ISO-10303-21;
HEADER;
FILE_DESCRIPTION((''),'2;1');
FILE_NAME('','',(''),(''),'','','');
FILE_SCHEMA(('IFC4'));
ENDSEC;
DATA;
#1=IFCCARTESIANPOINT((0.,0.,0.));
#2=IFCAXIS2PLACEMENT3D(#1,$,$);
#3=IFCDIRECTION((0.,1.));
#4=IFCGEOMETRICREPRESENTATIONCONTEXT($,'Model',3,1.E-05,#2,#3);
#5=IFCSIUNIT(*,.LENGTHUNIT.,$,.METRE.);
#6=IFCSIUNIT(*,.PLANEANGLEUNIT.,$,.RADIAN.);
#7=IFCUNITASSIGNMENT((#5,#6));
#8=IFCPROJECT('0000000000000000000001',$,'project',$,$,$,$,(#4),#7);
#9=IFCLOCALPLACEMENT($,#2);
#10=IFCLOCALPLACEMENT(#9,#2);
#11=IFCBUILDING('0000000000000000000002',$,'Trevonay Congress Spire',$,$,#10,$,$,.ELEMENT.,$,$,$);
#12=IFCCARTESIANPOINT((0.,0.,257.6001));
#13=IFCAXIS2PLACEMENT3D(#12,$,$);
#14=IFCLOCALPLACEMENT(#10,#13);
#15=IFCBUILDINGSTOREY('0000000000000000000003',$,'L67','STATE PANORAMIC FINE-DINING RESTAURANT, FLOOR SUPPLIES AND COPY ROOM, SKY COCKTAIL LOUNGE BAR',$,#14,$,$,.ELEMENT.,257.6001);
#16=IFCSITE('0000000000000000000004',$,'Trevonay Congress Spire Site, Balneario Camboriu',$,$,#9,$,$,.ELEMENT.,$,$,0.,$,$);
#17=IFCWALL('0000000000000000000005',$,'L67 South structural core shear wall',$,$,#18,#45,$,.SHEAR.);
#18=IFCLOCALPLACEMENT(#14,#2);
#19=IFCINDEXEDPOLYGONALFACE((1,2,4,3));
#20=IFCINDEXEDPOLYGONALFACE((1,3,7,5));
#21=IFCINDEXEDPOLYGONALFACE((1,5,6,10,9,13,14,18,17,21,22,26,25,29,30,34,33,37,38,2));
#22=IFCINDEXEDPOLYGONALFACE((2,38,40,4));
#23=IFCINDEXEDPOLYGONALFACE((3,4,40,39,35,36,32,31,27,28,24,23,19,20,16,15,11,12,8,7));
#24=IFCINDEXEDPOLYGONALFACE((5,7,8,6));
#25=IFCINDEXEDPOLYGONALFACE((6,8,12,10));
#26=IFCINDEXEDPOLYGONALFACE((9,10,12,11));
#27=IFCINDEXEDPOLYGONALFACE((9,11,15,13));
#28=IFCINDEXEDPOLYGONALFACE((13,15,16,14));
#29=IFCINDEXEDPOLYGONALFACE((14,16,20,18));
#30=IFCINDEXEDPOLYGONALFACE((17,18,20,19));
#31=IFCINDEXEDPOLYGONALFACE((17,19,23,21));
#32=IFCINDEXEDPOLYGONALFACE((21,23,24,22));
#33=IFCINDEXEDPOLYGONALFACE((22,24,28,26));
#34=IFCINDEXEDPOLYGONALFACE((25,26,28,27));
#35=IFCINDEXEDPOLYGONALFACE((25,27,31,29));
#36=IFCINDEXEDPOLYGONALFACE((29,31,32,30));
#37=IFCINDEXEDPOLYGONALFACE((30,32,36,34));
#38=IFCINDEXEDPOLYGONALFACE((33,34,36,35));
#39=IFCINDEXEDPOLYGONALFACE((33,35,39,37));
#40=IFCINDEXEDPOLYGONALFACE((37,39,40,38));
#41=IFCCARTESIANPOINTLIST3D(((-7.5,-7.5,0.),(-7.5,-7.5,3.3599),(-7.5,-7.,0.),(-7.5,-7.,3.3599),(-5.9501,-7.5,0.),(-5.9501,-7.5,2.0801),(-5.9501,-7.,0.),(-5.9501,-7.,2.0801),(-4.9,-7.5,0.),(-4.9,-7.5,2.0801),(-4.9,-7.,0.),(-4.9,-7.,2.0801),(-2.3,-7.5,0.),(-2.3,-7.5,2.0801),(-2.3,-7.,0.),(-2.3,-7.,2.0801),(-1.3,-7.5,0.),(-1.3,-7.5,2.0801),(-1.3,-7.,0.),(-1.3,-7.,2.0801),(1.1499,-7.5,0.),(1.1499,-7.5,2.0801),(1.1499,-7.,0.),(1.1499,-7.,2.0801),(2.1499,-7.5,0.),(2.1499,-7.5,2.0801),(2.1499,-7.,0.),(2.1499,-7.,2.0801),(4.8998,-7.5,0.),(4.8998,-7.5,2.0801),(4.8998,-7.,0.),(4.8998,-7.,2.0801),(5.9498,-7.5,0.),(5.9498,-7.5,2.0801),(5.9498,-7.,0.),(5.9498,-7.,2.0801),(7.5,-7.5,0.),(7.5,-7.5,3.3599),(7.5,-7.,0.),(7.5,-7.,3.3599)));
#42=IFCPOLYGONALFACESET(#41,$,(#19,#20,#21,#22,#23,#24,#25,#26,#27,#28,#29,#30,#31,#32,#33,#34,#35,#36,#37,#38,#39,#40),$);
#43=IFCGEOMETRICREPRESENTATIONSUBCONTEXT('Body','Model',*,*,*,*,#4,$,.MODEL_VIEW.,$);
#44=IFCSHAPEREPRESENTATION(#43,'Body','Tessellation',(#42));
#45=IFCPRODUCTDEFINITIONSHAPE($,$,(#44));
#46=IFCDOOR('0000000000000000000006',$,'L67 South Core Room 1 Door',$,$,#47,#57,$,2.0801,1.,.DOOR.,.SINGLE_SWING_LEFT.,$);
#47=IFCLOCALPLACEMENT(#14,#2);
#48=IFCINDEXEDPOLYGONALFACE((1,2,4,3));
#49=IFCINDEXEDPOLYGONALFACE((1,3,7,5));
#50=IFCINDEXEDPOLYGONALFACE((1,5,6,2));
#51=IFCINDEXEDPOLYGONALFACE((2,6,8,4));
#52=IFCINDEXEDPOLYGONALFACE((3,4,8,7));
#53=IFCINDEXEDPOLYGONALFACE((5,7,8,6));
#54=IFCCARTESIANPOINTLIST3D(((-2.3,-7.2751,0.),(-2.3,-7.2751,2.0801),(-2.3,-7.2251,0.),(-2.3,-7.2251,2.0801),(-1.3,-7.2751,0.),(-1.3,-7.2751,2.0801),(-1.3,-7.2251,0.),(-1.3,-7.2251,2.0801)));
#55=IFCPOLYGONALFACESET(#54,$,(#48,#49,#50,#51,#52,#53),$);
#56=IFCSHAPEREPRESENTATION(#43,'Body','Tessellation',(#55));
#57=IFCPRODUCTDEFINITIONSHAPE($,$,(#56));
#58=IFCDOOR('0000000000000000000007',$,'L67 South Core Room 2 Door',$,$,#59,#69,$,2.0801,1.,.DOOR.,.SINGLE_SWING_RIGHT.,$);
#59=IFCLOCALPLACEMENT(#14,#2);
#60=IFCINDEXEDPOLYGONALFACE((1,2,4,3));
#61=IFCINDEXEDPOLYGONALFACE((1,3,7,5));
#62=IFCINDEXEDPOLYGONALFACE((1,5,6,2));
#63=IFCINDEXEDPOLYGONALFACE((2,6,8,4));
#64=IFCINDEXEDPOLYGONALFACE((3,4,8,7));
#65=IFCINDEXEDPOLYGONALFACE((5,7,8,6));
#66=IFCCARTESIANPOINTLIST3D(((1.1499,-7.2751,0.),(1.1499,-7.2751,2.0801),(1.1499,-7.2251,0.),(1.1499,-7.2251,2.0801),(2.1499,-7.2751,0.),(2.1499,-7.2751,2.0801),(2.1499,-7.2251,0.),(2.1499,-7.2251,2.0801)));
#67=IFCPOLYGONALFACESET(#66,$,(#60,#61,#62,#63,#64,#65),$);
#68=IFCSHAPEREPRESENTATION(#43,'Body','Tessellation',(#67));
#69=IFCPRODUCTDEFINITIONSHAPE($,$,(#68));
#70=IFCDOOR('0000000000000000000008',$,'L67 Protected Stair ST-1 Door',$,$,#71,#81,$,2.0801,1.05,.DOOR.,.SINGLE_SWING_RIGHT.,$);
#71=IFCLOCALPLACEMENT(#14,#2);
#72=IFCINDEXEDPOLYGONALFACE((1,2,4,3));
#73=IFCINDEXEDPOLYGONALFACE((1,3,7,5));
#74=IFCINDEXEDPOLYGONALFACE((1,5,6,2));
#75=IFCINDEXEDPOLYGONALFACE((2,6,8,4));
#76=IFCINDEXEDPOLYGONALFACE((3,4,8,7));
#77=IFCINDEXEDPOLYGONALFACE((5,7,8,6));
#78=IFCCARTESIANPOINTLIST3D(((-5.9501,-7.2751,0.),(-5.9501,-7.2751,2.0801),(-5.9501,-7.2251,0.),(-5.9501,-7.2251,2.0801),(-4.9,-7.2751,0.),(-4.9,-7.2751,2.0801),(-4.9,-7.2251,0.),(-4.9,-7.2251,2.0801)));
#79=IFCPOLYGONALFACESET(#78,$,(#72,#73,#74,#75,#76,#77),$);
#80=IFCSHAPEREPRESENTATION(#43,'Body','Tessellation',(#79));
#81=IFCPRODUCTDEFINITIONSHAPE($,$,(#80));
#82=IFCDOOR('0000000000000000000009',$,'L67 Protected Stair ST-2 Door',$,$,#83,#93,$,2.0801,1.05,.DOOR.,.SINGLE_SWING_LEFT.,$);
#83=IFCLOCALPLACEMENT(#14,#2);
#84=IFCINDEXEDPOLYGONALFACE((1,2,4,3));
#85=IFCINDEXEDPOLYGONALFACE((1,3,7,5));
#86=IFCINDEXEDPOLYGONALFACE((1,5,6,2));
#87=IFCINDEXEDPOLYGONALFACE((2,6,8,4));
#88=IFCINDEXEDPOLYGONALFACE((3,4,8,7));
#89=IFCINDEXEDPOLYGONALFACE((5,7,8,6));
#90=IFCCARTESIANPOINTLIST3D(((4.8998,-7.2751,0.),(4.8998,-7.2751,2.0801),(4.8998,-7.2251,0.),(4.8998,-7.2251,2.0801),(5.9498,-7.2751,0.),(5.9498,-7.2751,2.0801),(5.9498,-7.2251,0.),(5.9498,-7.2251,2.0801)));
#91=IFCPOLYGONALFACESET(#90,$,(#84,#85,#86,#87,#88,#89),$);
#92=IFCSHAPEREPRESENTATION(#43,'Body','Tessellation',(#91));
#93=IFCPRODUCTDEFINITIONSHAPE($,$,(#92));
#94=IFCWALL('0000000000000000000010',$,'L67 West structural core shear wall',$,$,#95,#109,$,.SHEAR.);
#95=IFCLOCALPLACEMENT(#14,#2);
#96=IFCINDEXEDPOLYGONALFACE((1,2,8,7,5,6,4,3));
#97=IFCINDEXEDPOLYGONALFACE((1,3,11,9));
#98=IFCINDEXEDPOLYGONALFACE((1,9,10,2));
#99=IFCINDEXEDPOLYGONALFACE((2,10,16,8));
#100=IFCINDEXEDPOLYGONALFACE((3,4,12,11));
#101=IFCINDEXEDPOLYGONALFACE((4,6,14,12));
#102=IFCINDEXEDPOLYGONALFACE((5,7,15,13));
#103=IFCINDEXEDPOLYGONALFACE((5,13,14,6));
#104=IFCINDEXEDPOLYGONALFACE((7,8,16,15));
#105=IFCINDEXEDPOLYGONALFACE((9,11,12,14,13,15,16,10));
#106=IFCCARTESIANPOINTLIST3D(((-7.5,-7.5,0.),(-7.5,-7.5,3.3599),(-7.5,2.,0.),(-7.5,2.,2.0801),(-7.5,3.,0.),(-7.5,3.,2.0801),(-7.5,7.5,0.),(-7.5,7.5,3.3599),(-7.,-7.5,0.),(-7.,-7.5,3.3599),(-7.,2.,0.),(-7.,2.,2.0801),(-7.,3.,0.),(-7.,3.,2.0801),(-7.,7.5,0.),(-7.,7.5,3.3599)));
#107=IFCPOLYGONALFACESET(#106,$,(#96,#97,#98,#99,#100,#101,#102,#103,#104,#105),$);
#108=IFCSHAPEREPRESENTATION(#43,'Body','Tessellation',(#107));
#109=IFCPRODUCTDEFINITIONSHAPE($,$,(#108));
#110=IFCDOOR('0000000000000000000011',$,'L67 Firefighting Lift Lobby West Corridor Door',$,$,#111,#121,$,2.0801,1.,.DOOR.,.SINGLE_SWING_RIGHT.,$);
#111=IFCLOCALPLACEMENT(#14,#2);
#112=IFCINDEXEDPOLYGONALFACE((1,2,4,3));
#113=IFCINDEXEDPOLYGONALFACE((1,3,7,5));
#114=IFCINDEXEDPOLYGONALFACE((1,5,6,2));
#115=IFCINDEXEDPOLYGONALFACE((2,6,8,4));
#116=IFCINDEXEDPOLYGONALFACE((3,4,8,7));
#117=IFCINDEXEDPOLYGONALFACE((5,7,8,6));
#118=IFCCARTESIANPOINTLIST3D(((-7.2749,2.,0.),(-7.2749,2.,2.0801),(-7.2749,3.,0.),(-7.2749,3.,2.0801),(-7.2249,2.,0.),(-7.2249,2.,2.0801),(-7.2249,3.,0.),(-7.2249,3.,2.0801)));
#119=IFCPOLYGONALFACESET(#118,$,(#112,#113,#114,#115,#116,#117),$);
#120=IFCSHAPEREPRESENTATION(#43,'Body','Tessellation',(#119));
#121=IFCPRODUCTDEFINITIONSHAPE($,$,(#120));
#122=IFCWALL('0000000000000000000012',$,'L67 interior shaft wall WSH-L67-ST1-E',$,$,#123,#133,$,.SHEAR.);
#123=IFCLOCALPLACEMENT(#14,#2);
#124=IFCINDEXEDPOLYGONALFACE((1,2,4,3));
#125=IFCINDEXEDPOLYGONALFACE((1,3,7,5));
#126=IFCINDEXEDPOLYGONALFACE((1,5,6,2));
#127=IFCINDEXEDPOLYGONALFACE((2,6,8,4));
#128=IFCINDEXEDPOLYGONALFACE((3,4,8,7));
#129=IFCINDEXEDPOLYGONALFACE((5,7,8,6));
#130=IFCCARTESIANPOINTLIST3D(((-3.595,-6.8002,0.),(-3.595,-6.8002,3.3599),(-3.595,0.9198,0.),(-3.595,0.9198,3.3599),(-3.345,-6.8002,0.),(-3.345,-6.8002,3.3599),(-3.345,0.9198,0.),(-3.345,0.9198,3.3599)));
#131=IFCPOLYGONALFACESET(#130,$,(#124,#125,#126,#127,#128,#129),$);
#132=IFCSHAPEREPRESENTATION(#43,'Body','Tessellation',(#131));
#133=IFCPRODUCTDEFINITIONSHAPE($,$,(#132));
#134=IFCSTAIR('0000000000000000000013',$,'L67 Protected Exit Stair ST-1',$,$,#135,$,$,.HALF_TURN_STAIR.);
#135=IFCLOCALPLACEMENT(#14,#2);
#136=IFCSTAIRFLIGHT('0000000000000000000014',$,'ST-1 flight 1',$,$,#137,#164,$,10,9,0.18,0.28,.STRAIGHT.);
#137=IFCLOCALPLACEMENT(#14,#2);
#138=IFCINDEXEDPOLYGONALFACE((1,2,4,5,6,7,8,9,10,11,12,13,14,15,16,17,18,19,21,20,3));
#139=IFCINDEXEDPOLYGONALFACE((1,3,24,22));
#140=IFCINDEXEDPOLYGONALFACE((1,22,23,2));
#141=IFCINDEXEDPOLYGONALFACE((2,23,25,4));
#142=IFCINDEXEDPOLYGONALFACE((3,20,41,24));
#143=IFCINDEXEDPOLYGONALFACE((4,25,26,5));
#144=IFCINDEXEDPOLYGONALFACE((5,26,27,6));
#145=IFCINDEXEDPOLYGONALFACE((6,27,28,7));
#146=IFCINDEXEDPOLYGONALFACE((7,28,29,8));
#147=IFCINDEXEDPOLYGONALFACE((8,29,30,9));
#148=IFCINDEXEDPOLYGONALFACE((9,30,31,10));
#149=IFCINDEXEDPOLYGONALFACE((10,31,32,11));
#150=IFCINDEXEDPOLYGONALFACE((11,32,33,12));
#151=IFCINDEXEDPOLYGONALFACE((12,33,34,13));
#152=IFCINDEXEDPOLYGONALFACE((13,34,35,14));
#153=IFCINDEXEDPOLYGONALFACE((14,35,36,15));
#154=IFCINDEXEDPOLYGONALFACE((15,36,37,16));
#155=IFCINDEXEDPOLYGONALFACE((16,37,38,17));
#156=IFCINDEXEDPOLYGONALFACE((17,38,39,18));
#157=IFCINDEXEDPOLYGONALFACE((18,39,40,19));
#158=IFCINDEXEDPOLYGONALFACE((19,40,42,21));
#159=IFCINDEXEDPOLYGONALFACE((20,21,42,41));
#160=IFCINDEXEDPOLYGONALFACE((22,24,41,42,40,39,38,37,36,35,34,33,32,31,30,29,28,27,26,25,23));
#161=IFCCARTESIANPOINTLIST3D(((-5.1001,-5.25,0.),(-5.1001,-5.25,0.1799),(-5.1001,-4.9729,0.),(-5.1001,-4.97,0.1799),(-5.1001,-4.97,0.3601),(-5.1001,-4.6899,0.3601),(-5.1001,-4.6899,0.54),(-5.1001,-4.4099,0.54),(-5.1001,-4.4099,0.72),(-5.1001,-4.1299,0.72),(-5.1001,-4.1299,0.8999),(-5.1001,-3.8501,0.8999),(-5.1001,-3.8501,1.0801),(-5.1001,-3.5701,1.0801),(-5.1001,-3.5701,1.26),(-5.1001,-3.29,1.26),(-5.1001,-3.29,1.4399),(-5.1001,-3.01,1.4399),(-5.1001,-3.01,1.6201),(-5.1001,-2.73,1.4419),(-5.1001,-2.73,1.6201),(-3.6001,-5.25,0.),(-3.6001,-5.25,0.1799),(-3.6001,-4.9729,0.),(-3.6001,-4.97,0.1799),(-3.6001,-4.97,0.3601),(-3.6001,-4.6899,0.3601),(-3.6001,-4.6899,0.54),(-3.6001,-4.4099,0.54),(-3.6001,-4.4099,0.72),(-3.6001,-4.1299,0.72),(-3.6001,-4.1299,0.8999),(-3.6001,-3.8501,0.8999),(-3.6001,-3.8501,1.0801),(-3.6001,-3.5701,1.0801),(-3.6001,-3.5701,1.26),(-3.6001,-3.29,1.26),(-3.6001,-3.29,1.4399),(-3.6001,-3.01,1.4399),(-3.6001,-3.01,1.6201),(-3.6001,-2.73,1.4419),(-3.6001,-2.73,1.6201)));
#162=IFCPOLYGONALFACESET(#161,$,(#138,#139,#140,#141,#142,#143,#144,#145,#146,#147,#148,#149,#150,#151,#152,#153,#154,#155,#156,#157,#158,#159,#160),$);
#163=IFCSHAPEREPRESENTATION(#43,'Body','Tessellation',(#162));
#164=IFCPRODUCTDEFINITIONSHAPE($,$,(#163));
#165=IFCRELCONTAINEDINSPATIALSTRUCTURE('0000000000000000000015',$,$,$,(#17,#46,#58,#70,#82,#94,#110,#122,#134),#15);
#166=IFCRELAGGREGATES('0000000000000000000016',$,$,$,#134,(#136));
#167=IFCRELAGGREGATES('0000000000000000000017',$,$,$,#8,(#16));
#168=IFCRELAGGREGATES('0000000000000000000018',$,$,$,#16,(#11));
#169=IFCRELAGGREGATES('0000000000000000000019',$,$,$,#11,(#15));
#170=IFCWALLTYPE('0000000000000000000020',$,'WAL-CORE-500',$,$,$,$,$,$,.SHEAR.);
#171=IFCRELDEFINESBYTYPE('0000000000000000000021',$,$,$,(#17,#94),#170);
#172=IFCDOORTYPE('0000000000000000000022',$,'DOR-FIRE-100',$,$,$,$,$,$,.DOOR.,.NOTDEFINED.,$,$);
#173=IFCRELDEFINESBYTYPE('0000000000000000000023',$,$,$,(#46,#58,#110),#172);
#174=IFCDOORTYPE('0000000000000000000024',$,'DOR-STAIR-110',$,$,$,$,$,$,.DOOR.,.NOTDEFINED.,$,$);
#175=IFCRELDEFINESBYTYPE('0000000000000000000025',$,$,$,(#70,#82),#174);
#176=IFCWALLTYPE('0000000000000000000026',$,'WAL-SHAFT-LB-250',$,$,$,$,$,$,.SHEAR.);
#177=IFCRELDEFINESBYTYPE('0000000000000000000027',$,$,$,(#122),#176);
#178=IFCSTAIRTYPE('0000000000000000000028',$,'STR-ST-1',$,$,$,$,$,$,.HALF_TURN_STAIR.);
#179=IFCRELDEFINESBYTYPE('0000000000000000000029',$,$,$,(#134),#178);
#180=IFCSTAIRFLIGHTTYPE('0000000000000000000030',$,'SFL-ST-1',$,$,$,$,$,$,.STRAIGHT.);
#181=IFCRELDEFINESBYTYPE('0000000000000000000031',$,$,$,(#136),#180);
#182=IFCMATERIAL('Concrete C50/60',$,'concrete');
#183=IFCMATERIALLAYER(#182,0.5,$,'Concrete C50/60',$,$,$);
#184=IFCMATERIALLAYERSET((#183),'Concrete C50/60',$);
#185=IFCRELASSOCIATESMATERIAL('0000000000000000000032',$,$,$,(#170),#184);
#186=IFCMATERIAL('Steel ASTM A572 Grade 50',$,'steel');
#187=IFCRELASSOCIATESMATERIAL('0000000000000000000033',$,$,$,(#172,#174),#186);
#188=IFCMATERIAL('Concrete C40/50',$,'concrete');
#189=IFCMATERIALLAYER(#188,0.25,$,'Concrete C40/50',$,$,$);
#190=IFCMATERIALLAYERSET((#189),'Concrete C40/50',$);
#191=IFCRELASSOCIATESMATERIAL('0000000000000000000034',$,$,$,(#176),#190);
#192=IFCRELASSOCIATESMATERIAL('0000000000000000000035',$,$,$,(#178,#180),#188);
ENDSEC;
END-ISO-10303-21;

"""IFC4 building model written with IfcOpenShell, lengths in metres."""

from ifc_helpers import new_model, si_unit, direction, frame, frame_2d, origin, place, context, subcontext, project, spatial, polyline, rectangle, outline, extrude, material, layer, layer_set, type_object, element, fill, aggregate, save


model = new_model("IFC4")

# Units and contexts
model_context = context("Model", 3, precision=1e-05, world=origin(), true_north=direction((0.0, 1.0)))
body_context = subcontext(model_context, "Body", "Model", "MODEL_VIEW")
ifc_project = project(units=[si_unit("LENGTHUNIT", "METRE"), si_unit("PLANEANGLEUNIT", "RADIAN")], contexts=[model_context])

# Site, building, storey
site_placement = place(None, origin())
site = spatial("IfcSite", under=ifc_project, at=site_placement, Name="Trevonay Congress Spire Site, Balneario Camboriu", CompositionType="ELEMENT", RefElevation=0.0)
building_placement = place(site_placement, origin())
building = spatial("IfcBuilding", under=site, at=building_placement, Name="Trevonay Congress Spire", CompositionType="ELEMENT")
storey_placement = place(building_placement, frame((0.0, 0.0, 257.6001)))
storey = spatial("IfcBuildingStorey", under=building, at=storey_placement, Name="L67", Description="STATE PANORAMIC FINE-DINING RESTAURANT, FLOOR SUPPLIES AND COPY ROOM, SKY COCKTAIL LOUNGE BAR", CompositionType="ELEMENT", Elevation=257.6001)

# Shared definitions
ifc_material_1 = material(Name="Steel ASTM A572 Grade 50", Category="steel")

# Wall, openings, doors
ifc_material_2 = material(Name="Concrete C50/60", Category="concrete")
ifc_layer_1 = layer(ifc_material_2, 0.5, Name="Concrete C50/60")
ifc_layer_set_1 = layer_set([ifc_layer_1], Name="Concrete C50/60")
wall_type_1 = type_object("IfcWallType", Name="WAL-CORE-500", PredefinedType="SHEAR", material=ifc_layer_set_1)
wall_1_placement = place(storey_placement, frame((-7.5, -7.25, 0.0), z_axis=(0.0, 0.0, 1.0), x_axis=(1.0, 0.0, 0.0)))
wall_1 = element("IfcWall", 1, at=wall_1_placement, inside=storey, type_object=wall_type_1, Name="L67 South structural core shear wall", PredefinedType="SHEAR", context=body_context, shape_type="SweptSolid", body=[
    extrude(rectangle(XDim=15.0, YDim=0.5, at=frame_2d((7.5, 0.0))), origin(), (0.0, 0.0, 1.0), 3.3599),
])
opening_1_placement = place(wall_1_placement, frame((1.55, 0.0, 0.0)))
opening_1 = element("IfcOpeningElement", 2, at=opening_1_placement, cuts=wall_1, PredefinedType="OPENING", context=body_context, shape_type="SweptSolid", body=[
    extrude(rectangle(XDim=1.05, YDim=2.0801, at=frame_2d((0.5249, 1.04))), frame((0.0, 0.26, 0.0), z_axis=(0.0, -1.0, 0.0), x_axis=(1.0, 0.0, 0.0)), (0.0, 0.0, 1.0), 0.52),
])
opening_2_placement = place(wall_1_placement, frame((12.3999, 0.0, 0.0)))
opening_2 = element("IfcOpeningElement", 3, at=opening_2_placement, cuts=wall_1, PredefinedType="OPENING", context=body_context, shape_type="SweptSolid", body=[
    extrude(rectangle(XDim=1.05, YDim=2.0801, at=frame_2d((0.5249, 1.04))), frame((0.0, 0.26, 0.0), z_axis=(0.0, -1.0, 0.0), x_axis=(1.0, 0.0, 0.0)), (0.0, 0.0, 1.0), 0.52),
])
opening_3_placement = place(wall_1_placement, frame((5.2, 0.0, 0.0)))
opening_3 = element("IfcOpeningElement", 4, at=opening_3_placement, cuts=wall_1, PredefinedType="OPENING", context=body_context, shape_type="SweptSolid", body=[
    extrude(rectangle(XDim=1.0, YDim=2.0801, at=frame_2d((0.5, 1.04))), frame((0.0, 0.26, 0.0), z_axis=(0.0, -1.0, 0.0), x_axis=(1.0, 0.0, 0.0)), (0.0, 0.0, 1.0), 0.52),
])
opening_4_placement = place(wall_1_placement, frame((8.6499, 0.0, 0.0)))
opening_4 = element("IfcOpeningElement", 5, at=opening_4_placement, cuts=wall_1, PredefinedType="OPENING", context=body_context, shape_type="SweptSolid", body=[
    extrude(rectangle(XDim=1.0, YDim=2.0801, at=frame_2d((0.5, 1.04))), frame((0.0, 0.26, 0.0), z_axis=(0.0, -1.0, 0.0), x_axis=(1.0, 0.0, 0.0)), (0.0, 0.0, 1.0), 0.52),
])
door_type_1 = type_object("IfcDoorType", Name="DOR-FIRE-100", OperationType="NOTDEFINED", PredefinedType="DOOR", material=ifc_material_1)
door_1_placement = place(opening_3_placement, origin())
door_1 = element("IfcDoor", 6, at=door_1_placement, inside=storey, type_object=door_type_1, Name="L67 South Core Room 1 Door", OperationType="SINGLE_SWING_LEFT", OverallHeight=2.0801, OverallWidth=1.0, PredefinedType="DOOR", context=body_context, shape_type="SweptSolid", body=[
    extrude(rectangle(XDim=1.0, YDim=2.0801, at=frame_2d((0.5, 1.04))), frame((0.0, 0.0249, 0.0), z_axis=(0.0, -1.0, 0.0), x_axis=(1.0, 0.0, 0.0)), (0.0, 0.0, 1.0), 0.05),
])
fill(opening_3, door_1)
door_2_placement = place(opening_4_placement, origin())
door_2 = element("IfcDoor", 7, at=door_2_placement, inside=storey, type_object=door_type_1, Name="L67 South Core Room 2 Door", OperationType="SINGLE_SWING_RIGHT", OverallHeight=2.0801, OverallWidth=1.0, PredefinedType="DOOR", context=body_context, shape_type="SweptSolid", body=[
    extrude(rectangle(XDim=1.0, YDim=2.0801, at=frame_2d((0.5, 1.04))), frame((0.0, 0.0249, 0.0), z_axis=(0.0, -1.0, 0.0), x_axis=(1.0, 0.0, 0.0)), (0.0, 0.0, 1.0), 0.05),
])
fill(opening_4, door_2)
door_type_2 = type_object("IfcDoorType", Name="DOR-STAIR-110", OperationType="NOTDEFINED", PredefinedType="DOOR", material=ifc_material_1)
door_3_placement = place(opening_1_placement, origin())
door_3 = element("IfcDoor", 8, at=door_3_placement, inside=storey, type_object=door_type_2, Name="L67 Protected Stair ST-1 Door", OperationType="SINGLE_SWING_RIGHT", OverallHeight=2.0801, OverallWidth=1.05, PredefinedType="DOOR", context=body_context, shape_type="SweptSolid", body=[
    extrude(rectangle(XDim=1.05, YDim=2.0801, at=frame_2d((0.5249, 1.04))), frame((0.0, 0.0249, 0.0), z_axis=(0.0, -1.0, 0.0), x_axis=(1.0, 0.0, 0.0)), (0.0, 0.0, 1.0), 0.05),
])
fill(opening_1, door_3)
door_4_placement = place(opening_2_placement, origin())
door_4 = element("IfcDoor", 9, at=door_4_placement, inside=storey, type_object=door_type_2, Name="L67 Protected Stair ST-2 Door", OperationType="SINGLE_SWING_LEFT", OverallHeight=2.0801, OverallWidth=1.05, PredefinedType="DOOR", context=body_context, shape_type="SweptSolid", body=[
    extrude(rectangle(XDim=1.05, YDim=2.0801, at=frame_2d((0.5249, 1.04))), frame((0.0, 0.0249, 0.0), z_axis=(0.0, -1.0, 0.0), x_axis=(1.0, 0.0, 0.0)), (0.0, 0.0, 1.0), 0.05),
])
fill(opening_2, door_4)

# Wall, opening, door
wall_2_placement = place(storey_placement, frame((-7.25, -7.5, 0.0), z_axis=(0.0, 0.0, 1.0), x_axis=(0.0, 1.0, 0.0)))
wall_2 = element("IfcWall", 10, at=wall_2_placement, inside=storey, type_object=wall_type_1, Name="L67 West structural core shear wall", PredefinedType="SHEAR", context=body_context, shape_type="SweptSolid", body=[
    extrude(rectangle(XDim=15.0, YDim=0.5, at=frame_2d((7.5, 0.0))), origin(), (0.0, 0.0, 1.0), 3.3599),
])
opening_5_placement = place(wall_2_placement, frame((9.5, 0.0, 0.0)))
opening_5 = element("IfcOpeningElement", 11, at=opening_5_placement, cuts=wall_2, PredefinedType="OPENING", context=body_context, shape_type="SweptSolid", body=[
    extrude(rectangle(XDim=1.0, YDim=2.0801, at=frame_2d((0.5, 1.04))), frame((0.0, 0.26, 0.0), z_axis=(0.0, -1.0, 0.0), x_axis=(1.0, 0.0, 0.0)), (0.0, 0.0, 1.0), 0.52),
])
door_5_placement = place(opening_5_placement, origin())
door_5 = element("IfcDoor", 12, at=door_5_placement, inside=storey, type_object=door_type_1, Name="L67 Firefighting Lift Lobby West Corridor Door", OperationType="SINGLE_SWING_RIGHT", OverallHeight=2.0801, OverallWidth=1.0, PredefinedType="DOOR", context=body_context, shape_type="SweptSolid", body=[
    extrude(rectangle(XDim=1.0, YDim=2.0801, at=frame_2d((0.5, 1.04))), frame((0.0, 0.0249, 0.0), z_axis=(0.0, -1.0, 0.0), x_axis=(1.0, 0.0, 0.0)), (0.0, 0.0, 1.0), 0.05),
])
fill(opening_5, door_5)

# Wall
ifc_material_3 = material(Name="Concrete C40/50", Category="concrete")
ifc_layer_2 = layer(ifc_material_3, 0.25, Name="Concrete C40/50")
ifc_layer_set_2 = layer_set([ifc_layer_2], Name="Concrete C40/50")
wall_type_2 = type_object("IfcWallType", Name="WAL-SHAFT-LB-250", PredefinedType="SHEAR", material=ifc_layer_set_2)
wall_3_placement = place(storey_placement, frame((-3.47, -6.8, 0.0), z_axis=(0.0, 0.0, 1.0), x_axis=(0.0, 1.0, 0.0)))
element("IfcWall", 13, at=wall_3_placement, inside=storey, type_object=wall_type_2, Name="L67 interior shaft wall WSH-L67-ST1-E", PredefinedType="SHEAR", context=body_context, shape_type="SweptSolid", body=[
    extrude(rectangle(XDim=7.72, YDim=0.25, at=frame_2d((3.8599, 0.0))), origin(), (0.0, 0.0, 1.0), 3.3599),
])

# Stair, stair flight
stair_type = type_object("IfcStairType", Name="STR-ST-1", PredefinedType="HALF_TURN_STAIR", material=ifc_material_3)
stair_placement = place(storey_placement, origin())
stair = element("IfcStair", 14, at=stair_placement, inside=storey, type_object=stair_type, Name="L67 Protected Exit Stair ST-1", PredefinedType="HALF_TURN_STAIR")
stair_flight_type = type_object("IfcStairFlightType", Name="SFL-ST-1", PredefinedType="STRAIGHT", material=ifc_material_3)
stair_flight_1_placement = place(storey_placement, frame((-4.3501, -5.25, 0.0), z_axis=(0.0, 0.0, 1.0), x_axis=(0.0, 1.0, 0.0)))
stair_flight_1 = element("IfcStairFlight", 15, at=stair_flight_1_placement, type_object=stair_flight_type, Name="ST-1 flight 1", NumberOfRisers=10, NumberOfTreads=9, PredefinedType="STRAIGHT", RiserHeight=0.18, TreadLength=0.28, context=body_context, shape_type="SweptSolid", body=[
    extrude(outline(polyline([(0.0, 0.0), (0.0, 0.1799), (0.28, 0.1799), (0.28, 0.3601), (0.5601, 0.3601), (0.5601, 0.54), (0.8401, 0.54), (0.8401, 0.72), (1.1201, 0.72), (1.1201, 0.8999), (1.3999, 0.8999), (1.3999, 1.0801), (1.6799, 1.0801), (1.6799, 1.26), (1.96, 1.26), (1.96, 1.4399), (2.24, 1.4399), (2.24, 1.6201), (2.52, 1.6201), (2.52, 1.8), (2.52, 1.4419), (0.2771, 0.0), (0.0, 0.0)])), frame((0.0, 0.75, 0.0), z_axis=(0.0, -1.0, 0.0), x_axis=(1.0, 0.0, 0.0)), (0.0, 0.0, 1.0), 1.5),
])
aggregate(stair, [stair_flight_1])

save(model, "model.ifc")
